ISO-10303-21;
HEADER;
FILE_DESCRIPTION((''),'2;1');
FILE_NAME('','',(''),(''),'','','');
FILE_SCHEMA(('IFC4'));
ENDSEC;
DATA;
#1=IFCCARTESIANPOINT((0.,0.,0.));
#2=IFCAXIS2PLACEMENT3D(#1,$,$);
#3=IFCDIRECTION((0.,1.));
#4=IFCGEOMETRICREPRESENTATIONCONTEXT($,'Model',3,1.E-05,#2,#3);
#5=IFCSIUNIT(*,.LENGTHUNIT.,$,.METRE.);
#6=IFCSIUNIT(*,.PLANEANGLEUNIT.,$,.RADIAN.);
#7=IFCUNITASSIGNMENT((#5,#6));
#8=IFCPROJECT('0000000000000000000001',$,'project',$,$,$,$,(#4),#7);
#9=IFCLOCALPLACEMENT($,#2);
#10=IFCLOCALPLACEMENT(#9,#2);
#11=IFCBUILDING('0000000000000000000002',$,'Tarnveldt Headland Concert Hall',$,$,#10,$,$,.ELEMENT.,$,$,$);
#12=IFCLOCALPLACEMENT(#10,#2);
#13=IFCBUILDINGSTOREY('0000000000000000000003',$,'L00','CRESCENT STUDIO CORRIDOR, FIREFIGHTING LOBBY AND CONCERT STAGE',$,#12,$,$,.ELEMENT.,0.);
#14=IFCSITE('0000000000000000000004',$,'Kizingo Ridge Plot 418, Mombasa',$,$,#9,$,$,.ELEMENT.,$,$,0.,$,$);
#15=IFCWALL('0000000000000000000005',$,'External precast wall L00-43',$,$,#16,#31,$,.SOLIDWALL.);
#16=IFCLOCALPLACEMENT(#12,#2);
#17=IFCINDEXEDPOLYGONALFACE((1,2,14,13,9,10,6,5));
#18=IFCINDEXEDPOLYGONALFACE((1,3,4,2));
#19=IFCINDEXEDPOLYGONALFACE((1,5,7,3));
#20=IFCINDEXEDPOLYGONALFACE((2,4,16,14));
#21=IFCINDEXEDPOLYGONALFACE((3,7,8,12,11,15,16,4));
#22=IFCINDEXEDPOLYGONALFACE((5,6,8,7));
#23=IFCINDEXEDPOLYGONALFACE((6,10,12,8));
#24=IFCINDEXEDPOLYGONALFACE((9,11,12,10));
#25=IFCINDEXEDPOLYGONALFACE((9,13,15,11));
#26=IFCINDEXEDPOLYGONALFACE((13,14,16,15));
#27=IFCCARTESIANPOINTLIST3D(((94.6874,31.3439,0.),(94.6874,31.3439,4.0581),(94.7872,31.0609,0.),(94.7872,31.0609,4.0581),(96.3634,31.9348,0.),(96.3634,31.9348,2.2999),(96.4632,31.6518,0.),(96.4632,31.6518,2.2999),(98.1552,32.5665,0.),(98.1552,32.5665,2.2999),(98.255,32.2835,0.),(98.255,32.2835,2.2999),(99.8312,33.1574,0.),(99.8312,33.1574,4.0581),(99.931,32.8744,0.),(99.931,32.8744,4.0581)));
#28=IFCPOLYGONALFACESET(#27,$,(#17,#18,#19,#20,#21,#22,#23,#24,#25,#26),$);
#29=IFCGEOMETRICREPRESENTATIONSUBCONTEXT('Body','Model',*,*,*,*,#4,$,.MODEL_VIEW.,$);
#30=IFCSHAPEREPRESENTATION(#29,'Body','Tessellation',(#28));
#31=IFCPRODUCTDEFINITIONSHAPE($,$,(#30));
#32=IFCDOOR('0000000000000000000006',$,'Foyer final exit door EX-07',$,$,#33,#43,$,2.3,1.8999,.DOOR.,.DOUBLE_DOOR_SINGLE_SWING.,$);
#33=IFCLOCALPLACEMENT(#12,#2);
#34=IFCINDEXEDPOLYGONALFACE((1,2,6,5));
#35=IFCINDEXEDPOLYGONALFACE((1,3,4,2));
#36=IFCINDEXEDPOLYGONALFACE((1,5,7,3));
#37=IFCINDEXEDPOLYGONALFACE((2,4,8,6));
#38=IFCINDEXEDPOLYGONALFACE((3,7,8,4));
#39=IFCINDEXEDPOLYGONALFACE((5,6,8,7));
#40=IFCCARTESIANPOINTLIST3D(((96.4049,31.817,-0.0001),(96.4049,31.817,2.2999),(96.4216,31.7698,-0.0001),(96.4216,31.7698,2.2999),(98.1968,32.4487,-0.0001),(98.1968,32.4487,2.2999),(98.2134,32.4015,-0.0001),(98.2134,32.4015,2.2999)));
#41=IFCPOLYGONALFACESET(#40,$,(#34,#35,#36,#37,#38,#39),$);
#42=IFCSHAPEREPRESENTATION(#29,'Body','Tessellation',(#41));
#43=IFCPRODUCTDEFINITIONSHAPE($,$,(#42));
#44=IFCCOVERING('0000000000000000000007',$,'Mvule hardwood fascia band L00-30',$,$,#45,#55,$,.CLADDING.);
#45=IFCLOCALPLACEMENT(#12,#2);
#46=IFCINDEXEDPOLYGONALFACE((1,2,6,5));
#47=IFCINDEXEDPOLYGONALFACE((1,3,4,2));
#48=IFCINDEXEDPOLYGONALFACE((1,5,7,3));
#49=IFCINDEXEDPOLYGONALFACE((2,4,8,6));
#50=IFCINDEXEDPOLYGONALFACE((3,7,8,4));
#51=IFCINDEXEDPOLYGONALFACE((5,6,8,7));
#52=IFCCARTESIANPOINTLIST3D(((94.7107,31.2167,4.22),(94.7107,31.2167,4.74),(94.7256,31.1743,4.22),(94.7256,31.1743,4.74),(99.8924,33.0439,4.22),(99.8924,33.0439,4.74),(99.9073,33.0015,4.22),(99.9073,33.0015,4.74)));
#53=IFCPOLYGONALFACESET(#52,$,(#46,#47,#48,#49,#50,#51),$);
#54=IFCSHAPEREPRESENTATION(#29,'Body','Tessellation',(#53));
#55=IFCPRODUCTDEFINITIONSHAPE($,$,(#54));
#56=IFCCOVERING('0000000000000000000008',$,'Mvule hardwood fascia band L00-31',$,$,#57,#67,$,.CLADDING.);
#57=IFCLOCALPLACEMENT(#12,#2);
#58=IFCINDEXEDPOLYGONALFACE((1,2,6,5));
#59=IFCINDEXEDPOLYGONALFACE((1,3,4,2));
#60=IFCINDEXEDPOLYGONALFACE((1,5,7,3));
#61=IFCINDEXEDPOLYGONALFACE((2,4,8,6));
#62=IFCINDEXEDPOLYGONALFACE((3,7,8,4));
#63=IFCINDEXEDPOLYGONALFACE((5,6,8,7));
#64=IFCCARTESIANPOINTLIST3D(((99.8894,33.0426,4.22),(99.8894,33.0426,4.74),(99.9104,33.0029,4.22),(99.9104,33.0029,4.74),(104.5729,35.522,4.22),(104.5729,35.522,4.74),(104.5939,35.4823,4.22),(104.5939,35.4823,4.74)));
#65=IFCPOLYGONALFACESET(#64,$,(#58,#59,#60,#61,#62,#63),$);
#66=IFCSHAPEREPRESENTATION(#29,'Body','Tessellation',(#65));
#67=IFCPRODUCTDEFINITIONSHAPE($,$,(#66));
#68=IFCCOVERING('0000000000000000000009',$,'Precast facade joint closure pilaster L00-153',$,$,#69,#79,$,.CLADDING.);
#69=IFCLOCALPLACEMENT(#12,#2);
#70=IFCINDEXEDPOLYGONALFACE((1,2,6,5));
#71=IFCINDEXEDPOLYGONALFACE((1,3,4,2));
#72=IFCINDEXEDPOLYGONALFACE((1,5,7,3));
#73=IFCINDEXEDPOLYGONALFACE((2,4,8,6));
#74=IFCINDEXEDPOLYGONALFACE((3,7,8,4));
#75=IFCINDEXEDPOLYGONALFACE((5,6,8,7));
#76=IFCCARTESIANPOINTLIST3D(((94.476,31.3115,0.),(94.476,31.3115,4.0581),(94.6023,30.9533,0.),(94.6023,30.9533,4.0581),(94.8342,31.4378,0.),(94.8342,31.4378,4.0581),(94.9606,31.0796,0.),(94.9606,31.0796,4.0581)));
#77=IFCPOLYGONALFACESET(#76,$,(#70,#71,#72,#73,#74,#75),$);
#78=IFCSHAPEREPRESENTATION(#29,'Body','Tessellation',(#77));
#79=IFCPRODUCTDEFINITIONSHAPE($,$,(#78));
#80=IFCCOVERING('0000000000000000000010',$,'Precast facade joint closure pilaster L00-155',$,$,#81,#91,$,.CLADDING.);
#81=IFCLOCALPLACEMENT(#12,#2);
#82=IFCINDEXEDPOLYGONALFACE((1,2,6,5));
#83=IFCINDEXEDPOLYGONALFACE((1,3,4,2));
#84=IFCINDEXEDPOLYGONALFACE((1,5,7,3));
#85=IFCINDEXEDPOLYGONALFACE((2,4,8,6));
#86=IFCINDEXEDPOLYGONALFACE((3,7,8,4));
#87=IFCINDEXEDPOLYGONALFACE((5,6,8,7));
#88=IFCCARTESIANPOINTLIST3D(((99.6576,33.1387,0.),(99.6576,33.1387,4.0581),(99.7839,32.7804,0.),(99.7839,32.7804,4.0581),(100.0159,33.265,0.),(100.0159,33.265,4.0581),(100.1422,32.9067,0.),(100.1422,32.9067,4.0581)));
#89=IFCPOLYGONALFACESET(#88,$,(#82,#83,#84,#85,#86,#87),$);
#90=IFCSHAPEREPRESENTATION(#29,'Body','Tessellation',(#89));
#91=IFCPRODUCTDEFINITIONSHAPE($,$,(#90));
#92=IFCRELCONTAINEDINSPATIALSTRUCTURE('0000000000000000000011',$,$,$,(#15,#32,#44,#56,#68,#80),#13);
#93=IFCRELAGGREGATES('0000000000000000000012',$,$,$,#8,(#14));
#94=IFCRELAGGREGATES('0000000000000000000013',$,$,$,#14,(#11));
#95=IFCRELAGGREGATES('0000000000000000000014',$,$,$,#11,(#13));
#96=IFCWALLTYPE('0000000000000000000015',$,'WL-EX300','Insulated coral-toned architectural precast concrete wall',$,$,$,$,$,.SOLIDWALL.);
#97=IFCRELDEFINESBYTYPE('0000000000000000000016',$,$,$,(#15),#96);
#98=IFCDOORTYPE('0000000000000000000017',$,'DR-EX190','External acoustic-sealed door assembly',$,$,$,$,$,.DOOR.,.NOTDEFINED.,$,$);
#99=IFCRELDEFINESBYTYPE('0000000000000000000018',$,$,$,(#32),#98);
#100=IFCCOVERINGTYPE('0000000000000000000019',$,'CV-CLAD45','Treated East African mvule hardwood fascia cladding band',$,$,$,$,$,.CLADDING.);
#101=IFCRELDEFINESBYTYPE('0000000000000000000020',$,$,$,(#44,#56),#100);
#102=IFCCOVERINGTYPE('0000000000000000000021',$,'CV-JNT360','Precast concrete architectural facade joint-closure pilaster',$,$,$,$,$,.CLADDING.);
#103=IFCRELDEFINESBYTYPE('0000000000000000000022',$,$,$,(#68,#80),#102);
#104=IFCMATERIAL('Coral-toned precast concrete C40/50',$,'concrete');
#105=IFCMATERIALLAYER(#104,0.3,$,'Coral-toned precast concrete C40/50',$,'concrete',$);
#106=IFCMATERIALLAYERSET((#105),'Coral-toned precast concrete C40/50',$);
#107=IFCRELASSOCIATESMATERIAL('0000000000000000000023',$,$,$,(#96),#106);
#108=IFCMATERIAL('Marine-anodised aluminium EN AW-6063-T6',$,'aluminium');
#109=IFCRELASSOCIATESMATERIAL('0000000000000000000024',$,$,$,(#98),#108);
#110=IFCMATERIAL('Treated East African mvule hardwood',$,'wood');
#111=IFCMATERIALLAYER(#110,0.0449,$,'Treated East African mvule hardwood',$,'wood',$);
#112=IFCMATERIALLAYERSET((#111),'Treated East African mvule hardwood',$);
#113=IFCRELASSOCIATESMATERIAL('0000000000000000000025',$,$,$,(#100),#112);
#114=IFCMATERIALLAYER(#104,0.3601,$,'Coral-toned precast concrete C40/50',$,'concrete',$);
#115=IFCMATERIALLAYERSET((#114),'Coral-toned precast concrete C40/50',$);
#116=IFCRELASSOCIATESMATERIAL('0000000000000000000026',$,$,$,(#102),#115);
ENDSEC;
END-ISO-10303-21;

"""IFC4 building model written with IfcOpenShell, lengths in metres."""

from ifc_helpers import new_model, si_unit, direction, frame, frame_2d, origin, origin_2d, place, context, subcontext, project, spatial, rectangle, extrude, material, layer, layer_set, type_object, element, fill, save


model = new_model("IFC4")

# Units and contexts
model_context = context("Model", 3, precision=1e-05, world=origin(), true_north=direction((0.0, 1.0)))
body_context = subcontext(model_context, "Body", "Model", "MODEL_VIEW")
ifc_project = project(units=[si_unit("LENGTHUNIT", "METRE"), si_unit("PLANEANGLEUNIT", "RADIAN")], contexts=[model_context])

# Site, building, storey
site_placement = place(None, origin())
site = spatial("IfcSite", under=ifc_project, at=site_placement, Name="Kizingo Ridge Plot 418, Mombasa", CompositionType="ELEMENT", RefElevation=0.0)
building_placement = place(site_placement, origin())
building = spatial("IfcBuilding", under=site, at=building_placement, Name="Tarnveldt Headland Concert Hall", CompositionType="ELEMENT")
storey_placement = place(building_placement, origin())
storey = spatial("IfcBuildingStorey", under=building, at=storey_placement, Name="L00", Description="CRESCENT STUDIO CORRIDOR, FIREFIGHTING LOBBY AND CONCERT STAGE", CompositionType="ELEMENT", Elevation=0.0)

# Shared definitions
ifc_material_1 = material(Name="Marine-anodised aluminium EN AW-6063-T6", Category="aluminium")

# Wall, opening, door
ifc_material_2 = material(Name="Coral-toned precast concrete C40/50", Category="concrete")
ifc_layer_1 = layer(ifc_material_2, 0.3, Name="Coral-toned precast concrete C40/50", Category="concrete")
ifc_layer_set_1 = layer_set([ifc_layer_1], Name="Coral-toned precast concrete C40/50")
wall_type = type_object("IfcWallType", Name="WL-EX300", Description="Insulated coral-toned architectural precast concrete wall", PredefinedType="SOLIDWALL", material=ifc_layer_set_1)
wall_placement = place(storey_placement, frame((99.8811, 33.0159, 0.0), z_axis=(0.0, 0.0, 1.0), x_axis=(-0.943104, -0.332497, 0.0)))
wall = element("IfcWall", 1, at=wall_placement, inside=storey, type_object=wall_type, Name="External precast wall L00-43", PredefinedType="SOLIDWALL", context=body_context, shape_type="SweptSolid", body=[
    extrude(rectangle(XDim=5.4541, YDim=0.3, at=frame_2d((2.7271, 0.0))), origin(), (0.0, 0.0, 1.0), 4.0581),
])
opening_placement = place(wall_placement, frame((1.7771, 0.0, 0.0)))
opening = element("IfcOpeningElement", 2, at=opening_placement, cuts=wall, PredefinedType="OPENING", context=body_context, shape_type="SweptSolid", body=[
    extrude(rectangle(XDim=1.8999, YDim=2.3, at=frame_2d((0.95, 1.1499))), frame((0.0, 0.1599, 0.0), z_axis=(0.0, -1.0, 0.0), x_axis=(1.0, 0.0, 0.0)), (0.0, 0.0, 1.0), 0.3201),
])
door_type = type_object("IfcDoorType", Name="DR-EX190", Description="External acoustic-sealed door assembly", OperationType="NOTDEFINED", PredefinedType="DOOR", material=ifc_material_1)
door_placement = place(opening_placement, origin())
door = element("IfcDoor", 3, at=door_placement, inside=storey, type_object=door_type, Name="Foyer final exit door EX-07", OperationType="DOUBLE_DOOR_SINGLE_SWING", OverallHeight=2.3, OverallWidth=1.8999, PredefinedType="DOOR", context=body_context, shape_type="SweptSolid", body=[
    extrude(rectangle(XDim=1.8999, YDim=2.3, at=frame_2d((0.95, 1.1499))), frame((0.0, 0.0249, 0.0), z_axis=(0.0, -1.0, 0.0), x_axis=(1.0, 0.0, 0.0)), (0.0, 0.0, 1.0), 0.05),
])
fill(opening, door)

# Coverings
ifc_material_3 = material(Name="Treated East African mvule hardwood", Category="wood")
ifc_layer_2 = layer(ifc_material_3, 0.0449, Name="Treated East African mvule hardwood", Category="wood")
ifc_layer_set_2 = layer_set([ifc_layer_2], Name="Treated East African mvule hardwood")
covering_type_1 = type_object("IfcCoveringType", Name="CV-CLAD45", Description="Treated East African mvule hardwood fascia cladding band", PredefinedType="CLADDING", material=ifc_layer_set_2)
covering_1_placement = place(storey_placement, frame((94.7183, 31.1956, 4.22), z_axis=(0.0, 0.0, 1.0), x_axis=(0.943085, 0.33255, 0.0)))
element("IfcCovering", 4, at=covering_1_placement, inside=storey, type_object=covering_type_1, Name="Mvule hardwood fascia band L00-30", PredefinedType="CLADDING", context=body_context, shape_type="SweptSolid", body=[
    extrude(rectangle(XDim=5.4944, YDim=0.0449, at=frame_2d((2.7471, 0.0))), origin(), (0.0, 0.0, 1.0), 0.52),
])
covering_2_placement = place(storey_placement, frame((99.8999, 33.0227, 4.22), z_axis=(0.0, 0.0, 1.0), x_axis=(0.883792, 0.467879, 0.0)))
element("IfcCovering", 5, at=covering_2_placement, inside=storey, type_object=covering_type_1, Name="Mvule hardwood fascia band L00-31", PredefinedType="CLADDING", context=body_context, shape_type="SweptSolid", body=[
    extrude(rectangle(XDim=5.2993, YDim=0.0449, at=frame_2d((2.6497, 0.0))), origin(), (0.0, 0.0, 1.0), 0.52),
])
ifc_layer_3 = layer(ifc_material_2, 0.3601, Name="Coral-toned precast concrete C40/50", Category="concrete")
ifc_layer_set_3 = layer_set([ifc_layer_3], Name="Coral-toned precast concrete C40/50")
covering_type_2 = type_object("IfcCoveringType", Name="CV-JNT360", Description="Precast concrete architectural facade joint-closure pilaster", PredefinedType="CLADDING", material=ifc_layer_set_3)
for number, where, z_axis, x_axis, name in (
    (6, (94.7183, 31.1956, 0.0), (0.0, 0.0, 1.0), (-0.943107, -0.33249, 0.0), "Precast facade joint closure pilaster L00-153"),
    (7, (99.8999, 33.0227, 0.0), (0.0, 0.0, 1.0), (-0.943107, -0.33249, 0.0), "Precast facade joint closure pilaster L00-155"),
):
    element("IfcCovering", number, at=place(storey_placement, frame(where, z_axis=z_axis, x_axis=x_axis)), inside=storey, type_object=covering_type_2, Name=name, PredefinedType="CLADDING", context=body_context, shape_type="SweptSolid", body=[
        extrude(rectangle(XDim=0.3799, YDim=0.3799, at=origin_2d()), origin(), (0.0, 0.0, 1.0), 4.0581),
    ])

save(model, "model.ifc")
